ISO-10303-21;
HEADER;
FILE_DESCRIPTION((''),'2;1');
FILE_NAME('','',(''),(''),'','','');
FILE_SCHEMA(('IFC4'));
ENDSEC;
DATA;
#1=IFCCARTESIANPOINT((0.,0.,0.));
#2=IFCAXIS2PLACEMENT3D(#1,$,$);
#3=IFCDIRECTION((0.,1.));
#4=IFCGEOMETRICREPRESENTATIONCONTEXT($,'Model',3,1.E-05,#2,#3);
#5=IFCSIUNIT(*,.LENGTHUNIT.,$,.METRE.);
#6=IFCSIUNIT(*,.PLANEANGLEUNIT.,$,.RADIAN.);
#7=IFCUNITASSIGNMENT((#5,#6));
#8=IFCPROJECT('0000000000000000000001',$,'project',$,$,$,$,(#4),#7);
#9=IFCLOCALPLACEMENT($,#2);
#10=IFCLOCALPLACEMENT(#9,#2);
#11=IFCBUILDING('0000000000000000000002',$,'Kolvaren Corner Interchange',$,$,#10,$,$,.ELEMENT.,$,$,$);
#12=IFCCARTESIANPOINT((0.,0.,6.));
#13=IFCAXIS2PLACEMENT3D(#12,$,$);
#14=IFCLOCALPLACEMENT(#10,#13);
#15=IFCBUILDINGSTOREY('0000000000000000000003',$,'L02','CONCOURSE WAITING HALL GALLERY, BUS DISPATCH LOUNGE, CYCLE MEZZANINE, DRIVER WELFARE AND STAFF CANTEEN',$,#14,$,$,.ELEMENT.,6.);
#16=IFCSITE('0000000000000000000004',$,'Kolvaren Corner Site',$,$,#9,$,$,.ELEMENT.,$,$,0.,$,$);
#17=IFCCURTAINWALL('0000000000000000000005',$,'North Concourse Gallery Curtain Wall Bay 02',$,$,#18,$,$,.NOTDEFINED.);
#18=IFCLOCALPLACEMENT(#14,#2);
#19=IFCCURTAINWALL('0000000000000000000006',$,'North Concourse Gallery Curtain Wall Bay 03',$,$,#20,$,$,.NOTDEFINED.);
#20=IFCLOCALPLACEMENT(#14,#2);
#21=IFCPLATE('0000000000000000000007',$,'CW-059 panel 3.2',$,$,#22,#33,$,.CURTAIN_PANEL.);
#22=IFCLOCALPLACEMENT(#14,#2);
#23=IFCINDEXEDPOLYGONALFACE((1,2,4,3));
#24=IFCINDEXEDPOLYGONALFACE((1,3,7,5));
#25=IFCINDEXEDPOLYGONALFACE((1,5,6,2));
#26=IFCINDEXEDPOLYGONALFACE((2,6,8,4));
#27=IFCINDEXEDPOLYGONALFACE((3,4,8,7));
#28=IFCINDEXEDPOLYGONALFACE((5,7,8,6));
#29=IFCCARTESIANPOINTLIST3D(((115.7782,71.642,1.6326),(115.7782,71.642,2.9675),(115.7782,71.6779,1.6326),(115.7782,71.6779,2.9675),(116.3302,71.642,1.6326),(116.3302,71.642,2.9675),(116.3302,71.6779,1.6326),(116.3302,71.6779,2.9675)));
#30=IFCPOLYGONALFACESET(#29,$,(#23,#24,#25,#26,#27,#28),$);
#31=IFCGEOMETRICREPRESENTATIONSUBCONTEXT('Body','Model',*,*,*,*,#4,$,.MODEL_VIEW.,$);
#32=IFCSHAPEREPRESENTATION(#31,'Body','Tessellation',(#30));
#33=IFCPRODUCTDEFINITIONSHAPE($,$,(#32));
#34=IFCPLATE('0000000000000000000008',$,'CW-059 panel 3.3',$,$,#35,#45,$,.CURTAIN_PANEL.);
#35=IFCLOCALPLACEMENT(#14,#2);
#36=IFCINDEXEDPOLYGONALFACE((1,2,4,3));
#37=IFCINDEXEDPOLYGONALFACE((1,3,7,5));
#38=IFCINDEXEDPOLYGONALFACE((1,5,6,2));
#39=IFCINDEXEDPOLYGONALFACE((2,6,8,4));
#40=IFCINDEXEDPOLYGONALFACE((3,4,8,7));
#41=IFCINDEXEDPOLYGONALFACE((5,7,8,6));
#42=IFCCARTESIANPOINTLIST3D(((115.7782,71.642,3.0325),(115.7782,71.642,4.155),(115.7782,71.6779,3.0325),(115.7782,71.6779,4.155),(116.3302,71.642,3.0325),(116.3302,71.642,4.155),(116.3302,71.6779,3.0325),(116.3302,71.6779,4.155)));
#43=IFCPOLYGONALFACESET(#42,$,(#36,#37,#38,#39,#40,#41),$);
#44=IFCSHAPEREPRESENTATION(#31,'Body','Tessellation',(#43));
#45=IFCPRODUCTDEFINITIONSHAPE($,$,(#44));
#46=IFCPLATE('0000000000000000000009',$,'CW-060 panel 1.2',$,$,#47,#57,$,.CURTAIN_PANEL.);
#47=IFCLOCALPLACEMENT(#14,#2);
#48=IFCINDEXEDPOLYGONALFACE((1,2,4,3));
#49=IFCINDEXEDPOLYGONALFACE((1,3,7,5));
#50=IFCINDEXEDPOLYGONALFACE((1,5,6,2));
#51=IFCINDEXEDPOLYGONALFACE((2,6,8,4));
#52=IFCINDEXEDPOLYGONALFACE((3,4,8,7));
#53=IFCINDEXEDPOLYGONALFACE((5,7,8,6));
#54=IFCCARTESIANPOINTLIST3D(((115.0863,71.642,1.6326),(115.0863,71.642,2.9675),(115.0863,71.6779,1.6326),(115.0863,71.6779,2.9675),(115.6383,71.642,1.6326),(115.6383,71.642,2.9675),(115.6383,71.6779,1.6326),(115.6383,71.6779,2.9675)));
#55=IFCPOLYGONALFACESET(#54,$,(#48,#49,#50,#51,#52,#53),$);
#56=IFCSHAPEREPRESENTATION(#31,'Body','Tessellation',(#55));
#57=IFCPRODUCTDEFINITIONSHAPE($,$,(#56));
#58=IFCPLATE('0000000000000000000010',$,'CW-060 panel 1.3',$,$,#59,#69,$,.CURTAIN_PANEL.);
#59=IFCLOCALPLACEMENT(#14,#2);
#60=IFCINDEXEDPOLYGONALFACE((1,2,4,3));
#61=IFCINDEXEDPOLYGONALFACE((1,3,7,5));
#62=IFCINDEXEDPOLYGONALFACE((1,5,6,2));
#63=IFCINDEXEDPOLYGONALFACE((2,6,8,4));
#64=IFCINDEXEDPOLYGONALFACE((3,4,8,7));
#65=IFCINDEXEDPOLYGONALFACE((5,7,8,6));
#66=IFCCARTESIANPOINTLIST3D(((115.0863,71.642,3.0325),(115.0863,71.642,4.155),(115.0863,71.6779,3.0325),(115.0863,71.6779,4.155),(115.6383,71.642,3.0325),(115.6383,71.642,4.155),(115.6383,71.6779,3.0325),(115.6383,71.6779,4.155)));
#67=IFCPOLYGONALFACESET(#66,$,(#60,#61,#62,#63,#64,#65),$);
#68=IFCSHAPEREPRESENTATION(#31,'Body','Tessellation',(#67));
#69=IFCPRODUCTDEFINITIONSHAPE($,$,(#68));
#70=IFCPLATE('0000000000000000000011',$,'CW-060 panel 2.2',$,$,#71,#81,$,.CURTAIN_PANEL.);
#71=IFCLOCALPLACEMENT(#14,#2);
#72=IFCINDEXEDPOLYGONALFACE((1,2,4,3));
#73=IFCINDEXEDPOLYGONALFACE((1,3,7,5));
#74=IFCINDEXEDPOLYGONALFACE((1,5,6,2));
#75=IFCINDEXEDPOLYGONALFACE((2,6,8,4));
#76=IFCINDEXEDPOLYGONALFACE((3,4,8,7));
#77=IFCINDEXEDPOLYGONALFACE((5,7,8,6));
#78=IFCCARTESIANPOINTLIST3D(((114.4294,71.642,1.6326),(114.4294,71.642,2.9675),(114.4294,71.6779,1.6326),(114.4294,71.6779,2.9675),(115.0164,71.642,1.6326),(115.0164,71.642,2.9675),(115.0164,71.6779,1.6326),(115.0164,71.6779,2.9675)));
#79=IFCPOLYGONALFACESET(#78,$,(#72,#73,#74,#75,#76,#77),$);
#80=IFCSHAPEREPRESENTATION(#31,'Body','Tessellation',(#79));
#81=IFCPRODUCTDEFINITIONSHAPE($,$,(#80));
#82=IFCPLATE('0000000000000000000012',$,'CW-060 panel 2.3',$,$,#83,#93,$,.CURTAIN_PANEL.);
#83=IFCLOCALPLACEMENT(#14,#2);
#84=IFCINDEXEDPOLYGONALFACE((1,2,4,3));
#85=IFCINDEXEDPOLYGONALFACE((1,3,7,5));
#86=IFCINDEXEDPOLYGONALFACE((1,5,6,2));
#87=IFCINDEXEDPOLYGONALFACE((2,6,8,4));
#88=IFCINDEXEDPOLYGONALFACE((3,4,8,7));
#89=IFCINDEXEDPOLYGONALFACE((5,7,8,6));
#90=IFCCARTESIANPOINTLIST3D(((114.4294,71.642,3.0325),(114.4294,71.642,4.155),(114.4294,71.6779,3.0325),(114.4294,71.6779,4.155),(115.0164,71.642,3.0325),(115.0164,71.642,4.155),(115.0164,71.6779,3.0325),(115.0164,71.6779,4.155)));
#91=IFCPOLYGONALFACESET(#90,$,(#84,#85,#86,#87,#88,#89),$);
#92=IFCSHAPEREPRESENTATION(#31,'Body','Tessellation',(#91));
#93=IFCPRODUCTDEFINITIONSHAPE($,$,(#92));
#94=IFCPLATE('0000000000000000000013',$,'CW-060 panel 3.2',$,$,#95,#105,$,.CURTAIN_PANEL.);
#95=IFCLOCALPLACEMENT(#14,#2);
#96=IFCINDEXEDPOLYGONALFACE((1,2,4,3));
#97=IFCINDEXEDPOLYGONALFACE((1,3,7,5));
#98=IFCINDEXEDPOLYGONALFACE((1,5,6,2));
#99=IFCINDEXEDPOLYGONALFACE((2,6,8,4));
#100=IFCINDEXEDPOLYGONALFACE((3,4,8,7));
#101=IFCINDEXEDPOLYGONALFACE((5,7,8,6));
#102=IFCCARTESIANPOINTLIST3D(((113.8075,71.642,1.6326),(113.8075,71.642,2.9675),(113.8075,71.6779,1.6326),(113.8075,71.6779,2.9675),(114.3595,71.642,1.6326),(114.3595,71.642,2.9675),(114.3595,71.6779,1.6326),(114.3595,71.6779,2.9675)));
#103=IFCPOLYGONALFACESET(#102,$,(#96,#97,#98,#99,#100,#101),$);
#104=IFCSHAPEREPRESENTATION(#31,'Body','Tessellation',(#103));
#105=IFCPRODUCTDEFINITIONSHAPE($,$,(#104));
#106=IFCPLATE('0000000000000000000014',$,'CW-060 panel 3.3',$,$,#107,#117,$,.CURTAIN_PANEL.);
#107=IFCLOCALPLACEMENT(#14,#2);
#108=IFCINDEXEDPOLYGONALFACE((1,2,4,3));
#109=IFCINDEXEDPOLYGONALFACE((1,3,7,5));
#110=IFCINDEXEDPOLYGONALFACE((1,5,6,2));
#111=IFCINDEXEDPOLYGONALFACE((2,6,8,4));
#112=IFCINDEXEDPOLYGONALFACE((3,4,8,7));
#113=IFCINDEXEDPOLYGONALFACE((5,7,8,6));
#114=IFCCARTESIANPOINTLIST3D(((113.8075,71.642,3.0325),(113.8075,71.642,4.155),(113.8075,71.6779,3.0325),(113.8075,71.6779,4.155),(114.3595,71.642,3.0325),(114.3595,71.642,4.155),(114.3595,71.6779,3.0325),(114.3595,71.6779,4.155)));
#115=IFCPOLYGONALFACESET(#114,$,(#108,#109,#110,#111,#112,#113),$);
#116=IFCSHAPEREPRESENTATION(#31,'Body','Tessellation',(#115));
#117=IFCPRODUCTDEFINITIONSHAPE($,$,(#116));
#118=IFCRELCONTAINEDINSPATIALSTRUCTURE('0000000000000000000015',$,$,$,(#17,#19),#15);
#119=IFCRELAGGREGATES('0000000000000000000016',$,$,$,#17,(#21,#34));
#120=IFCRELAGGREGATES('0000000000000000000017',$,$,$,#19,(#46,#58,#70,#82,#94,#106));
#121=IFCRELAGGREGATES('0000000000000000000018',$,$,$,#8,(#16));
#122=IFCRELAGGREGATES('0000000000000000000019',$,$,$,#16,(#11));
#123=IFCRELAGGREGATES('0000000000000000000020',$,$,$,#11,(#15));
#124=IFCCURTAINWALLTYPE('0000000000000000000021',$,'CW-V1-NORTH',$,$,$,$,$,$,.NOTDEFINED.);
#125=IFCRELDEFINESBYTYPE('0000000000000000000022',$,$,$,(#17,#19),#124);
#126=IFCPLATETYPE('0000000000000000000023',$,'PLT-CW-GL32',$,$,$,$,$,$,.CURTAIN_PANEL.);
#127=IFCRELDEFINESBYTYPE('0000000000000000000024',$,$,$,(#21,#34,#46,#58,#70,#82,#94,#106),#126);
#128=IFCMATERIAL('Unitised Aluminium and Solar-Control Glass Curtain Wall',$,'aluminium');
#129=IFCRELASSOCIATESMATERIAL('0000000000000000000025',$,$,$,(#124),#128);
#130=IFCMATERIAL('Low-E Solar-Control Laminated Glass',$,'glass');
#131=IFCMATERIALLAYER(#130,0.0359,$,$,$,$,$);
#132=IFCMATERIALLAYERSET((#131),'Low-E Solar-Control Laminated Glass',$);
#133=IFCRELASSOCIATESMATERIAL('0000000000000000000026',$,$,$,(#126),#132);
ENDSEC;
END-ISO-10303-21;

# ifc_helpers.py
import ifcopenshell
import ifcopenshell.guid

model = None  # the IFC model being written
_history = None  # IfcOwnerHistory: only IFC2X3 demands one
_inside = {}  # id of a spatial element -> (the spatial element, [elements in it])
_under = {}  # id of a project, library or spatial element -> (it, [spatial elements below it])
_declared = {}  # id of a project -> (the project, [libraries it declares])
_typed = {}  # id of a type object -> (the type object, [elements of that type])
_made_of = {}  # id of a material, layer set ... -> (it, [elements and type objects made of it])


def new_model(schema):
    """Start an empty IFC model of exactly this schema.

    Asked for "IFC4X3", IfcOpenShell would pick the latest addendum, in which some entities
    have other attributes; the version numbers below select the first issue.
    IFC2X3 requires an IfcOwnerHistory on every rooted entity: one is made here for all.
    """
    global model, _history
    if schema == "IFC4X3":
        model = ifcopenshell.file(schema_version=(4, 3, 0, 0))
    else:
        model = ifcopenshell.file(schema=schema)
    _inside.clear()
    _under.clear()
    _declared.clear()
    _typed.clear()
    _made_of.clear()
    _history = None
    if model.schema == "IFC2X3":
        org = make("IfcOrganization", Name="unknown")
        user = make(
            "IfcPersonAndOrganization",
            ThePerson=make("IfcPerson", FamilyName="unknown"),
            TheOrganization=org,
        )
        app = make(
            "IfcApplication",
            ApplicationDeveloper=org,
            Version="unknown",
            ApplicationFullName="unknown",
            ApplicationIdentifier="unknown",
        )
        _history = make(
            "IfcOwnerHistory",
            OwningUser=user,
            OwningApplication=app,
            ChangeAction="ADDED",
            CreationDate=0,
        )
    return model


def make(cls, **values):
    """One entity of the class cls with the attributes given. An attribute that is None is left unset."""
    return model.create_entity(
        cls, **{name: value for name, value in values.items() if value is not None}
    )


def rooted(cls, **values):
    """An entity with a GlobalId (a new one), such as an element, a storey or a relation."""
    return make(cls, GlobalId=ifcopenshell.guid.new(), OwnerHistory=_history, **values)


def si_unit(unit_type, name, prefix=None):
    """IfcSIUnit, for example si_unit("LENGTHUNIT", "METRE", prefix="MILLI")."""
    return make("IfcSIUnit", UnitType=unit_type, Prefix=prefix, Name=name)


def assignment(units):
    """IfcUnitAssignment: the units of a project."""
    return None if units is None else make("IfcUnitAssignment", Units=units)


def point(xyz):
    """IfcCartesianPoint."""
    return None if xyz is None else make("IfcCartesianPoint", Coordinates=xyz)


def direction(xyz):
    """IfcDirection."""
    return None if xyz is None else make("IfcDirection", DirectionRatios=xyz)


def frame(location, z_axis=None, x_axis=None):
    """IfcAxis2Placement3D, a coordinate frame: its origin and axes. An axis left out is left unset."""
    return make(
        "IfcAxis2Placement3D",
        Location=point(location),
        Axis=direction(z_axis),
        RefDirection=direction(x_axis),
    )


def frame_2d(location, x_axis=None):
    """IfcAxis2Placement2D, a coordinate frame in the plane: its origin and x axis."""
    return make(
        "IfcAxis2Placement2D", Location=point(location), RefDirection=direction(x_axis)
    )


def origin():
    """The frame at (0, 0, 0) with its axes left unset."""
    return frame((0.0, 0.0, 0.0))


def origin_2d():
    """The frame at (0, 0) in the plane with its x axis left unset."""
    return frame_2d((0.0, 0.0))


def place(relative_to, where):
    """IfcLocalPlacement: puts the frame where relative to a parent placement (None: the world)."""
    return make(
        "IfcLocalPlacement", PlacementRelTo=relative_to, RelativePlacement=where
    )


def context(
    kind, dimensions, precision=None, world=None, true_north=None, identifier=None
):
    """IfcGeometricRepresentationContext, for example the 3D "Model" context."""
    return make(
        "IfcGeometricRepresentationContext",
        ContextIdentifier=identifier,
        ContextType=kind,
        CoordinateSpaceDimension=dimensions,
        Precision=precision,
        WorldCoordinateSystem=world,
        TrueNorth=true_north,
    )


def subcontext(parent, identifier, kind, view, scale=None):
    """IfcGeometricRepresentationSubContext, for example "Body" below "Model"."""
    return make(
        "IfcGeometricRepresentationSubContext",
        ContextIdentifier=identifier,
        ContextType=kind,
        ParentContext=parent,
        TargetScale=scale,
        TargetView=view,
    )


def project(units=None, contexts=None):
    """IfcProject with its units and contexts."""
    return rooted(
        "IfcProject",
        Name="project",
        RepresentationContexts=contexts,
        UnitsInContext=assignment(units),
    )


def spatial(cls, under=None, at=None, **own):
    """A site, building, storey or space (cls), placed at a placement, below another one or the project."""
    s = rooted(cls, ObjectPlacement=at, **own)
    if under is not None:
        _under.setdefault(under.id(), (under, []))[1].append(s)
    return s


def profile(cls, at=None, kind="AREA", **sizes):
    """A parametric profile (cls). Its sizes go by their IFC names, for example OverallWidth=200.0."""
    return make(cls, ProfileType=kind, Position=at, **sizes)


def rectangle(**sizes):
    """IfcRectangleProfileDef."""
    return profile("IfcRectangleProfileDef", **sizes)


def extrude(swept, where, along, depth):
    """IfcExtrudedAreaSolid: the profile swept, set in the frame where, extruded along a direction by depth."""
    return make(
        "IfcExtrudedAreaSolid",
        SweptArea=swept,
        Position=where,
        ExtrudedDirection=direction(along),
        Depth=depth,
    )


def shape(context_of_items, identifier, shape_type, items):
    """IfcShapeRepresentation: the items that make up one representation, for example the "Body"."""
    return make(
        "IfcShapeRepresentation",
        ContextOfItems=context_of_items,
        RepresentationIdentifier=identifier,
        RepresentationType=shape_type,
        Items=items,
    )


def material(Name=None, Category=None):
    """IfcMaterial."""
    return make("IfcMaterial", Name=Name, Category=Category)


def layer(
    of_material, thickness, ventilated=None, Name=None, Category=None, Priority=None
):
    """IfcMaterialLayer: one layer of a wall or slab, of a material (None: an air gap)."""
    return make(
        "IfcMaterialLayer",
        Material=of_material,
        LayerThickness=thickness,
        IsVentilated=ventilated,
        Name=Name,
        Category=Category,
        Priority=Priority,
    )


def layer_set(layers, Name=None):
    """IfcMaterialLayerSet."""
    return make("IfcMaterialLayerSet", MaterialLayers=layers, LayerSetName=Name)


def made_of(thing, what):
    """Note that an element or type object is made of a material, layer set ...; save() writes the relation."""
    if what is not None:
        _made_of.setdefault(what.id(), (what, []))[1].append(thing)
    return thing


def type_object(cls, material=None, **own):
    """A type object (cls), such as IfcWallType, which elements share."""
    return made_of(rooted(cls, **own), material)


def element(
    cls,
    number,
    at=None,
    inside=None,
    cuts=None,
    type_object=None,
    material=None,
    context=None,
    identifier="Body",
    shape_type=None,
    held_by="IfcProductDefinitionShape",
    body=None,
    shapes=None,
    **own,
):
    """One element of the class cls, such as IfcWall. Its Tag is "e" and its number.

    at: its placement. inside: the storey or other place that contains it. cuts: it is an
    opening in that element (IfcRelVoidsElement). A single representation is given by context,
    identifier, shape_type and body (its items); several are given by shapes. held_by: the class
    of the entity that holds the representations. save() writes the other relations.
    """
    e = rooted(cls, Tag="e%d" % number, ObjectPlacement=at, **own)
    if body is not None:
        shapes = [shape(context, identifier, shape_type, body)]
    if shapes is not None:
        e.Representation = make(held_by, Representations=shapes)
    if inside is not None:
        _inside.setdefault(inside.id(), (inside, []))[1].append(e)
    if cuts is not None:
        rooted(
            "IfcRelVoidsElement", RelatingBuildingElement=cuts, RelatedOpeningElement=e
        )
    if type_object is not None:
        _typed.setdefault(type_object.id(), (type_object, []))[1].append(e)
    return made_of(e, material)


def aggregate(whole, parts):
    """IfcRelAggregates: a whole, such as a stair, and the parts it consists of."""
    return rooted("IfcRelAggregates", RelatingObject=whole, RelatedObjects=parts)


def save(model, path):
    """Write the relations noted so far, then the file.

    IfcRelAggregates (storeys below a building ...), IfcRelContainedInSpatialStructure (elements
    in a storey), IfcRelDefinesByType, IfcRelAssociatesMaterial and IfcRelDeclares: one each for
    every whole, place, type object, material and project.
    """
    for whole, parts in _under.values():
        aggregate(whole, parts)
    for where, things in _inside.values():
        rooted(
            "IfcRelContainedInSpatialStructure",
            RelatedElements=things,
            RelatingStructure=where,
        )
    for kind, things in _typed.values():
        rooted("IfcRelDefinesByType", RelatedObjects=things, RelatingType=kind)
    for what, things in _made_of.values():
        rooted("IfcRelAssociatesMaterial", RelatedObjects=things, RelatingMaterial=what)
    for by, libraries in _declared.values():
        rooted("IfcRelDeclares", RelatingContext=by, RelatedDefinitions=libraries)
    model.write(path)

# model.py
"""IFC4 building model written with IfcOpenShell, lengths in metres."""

from ifc_helpers import new_model, si_unit, direction, frame, origin, origin_2d, place, context, subcontext, project, spatial, rectangle, extrude, material, layer, layer_set, type_object, element, aggregate, save


model = new_model("IFC4")

# Units and contexts
model_context = context("Model", 3, precision=1e-05, world=origin(), true_north=direction((0.0, 1.0)))
body_context = subcontext(model_context, "Body", "Model", "MODEL_VIEW")
ifc_project = project(units=[si_unit("LENGTHUNIT", "METRE"), si_unit("PLANEANGLEUNIT", "RADIAN")], contexts=[model_context])

# Site, building, storey
site_placement = place(None, origin())
site = spatial("IfcSite", under=ifc_project, at=site_placement, Name="Kolvaren Corner Site", CompositionType="ELEMENT", RefElevation=0.0)
building_placement = place(site_placement, origin())
building = spatial("IfcBuilding", under=site, at=building_placement, Name="Kolvaren Corner Interchange", CompositionType="ELEMENT")
storey_placement = place(building_placement, frame((0.0, 0.0, 6.0)))
storey = spatial("IfcBuildingStorey", under=building, at=storey_placement, Name="L02", Description="CONCOURSE WAITING HALL GALLERY, BUS DISPATCH LOUNGE, CYCLE MEZZANINE, DRIVER WELFARE AND STAFF CANTEEN", CompositionType="ELEMENT", Elevation=6.0)

# Curtain walls
ifc_material_1 = material(Name="Unitised Aluminium and Solar-Control Glass Curtain Wall", Category="aluminium")
curtain_wall_type = type_object("IfcCurtainWallType", Name="CW-V1-NORTH", PredefinedType="NOTDEFINED", material=ifc_material_1)
curtain_wall_1_placement = place(storey_placement, origin())
curtain_wall_1 = element("IfcCurtainWall", 1, at=curtain_wall_1_placement, inside=storey, type_object=curtain_wall_type, Name="North Concourse Gallery Curtain Wall Bay 02", PredefinedType="NOTDEFINED")
curtain_wall_2_placement = place(storey_placement, origin())
curtain_wall_2 = element("IfcCurtainWall", 2, at=curtain_wall_2_placement, inside=storey, type_object=curtain_wall_type, Name="North Concourse Gallery Curtain Wall Bay 03", PredefinedType="NOTDEFINED")

# Plates
ifc_material_2 = material(Name="Low-E Solar-Control Laminated Glass", Category="glass")
ifc_layer = layer(ifc_material_2, 0.0359)
ifc_layer_set = layer_set([ifc_layer], Name="Low-E Solar-Control Laminated Glass")
plate_type = type_object("IfcPlateType", Name="PLT-CW-GL32", PredefinedType="CURTAIN_PANEL", material=ifc_layer_set)
plate_1_placement = place(storey_placement, frame((116.0542, 71.6599, 1.6326), z_axis=(0.0, 0.0, 1.0), x_axis=(-1.0, 0.0, 0.0)))
plate_1 = element("IfcPlate", 3, at=plate_1_placement, type_object=plate_type, Name="CW-059 panel 3.2", PredefinedType="CURTAIN_PANEL", context=body_context, shape_type="SweptSolid", body=[
    extrude(rectangle(XDim=0.552, YDim=0.0359, at=origin_2d()), origin(), (0.0, 0.0, 1.0), 1.335),
])
plate_2_placement = place(storey_placement, frame((116.0542, 71.6599, 3.0325), z_axis=(0.0, 0.0, 1.0), x_axis=(-1.0, 0.0, 0.0)))
plate_2 = element("IfcPlate", 4, at=plate_2_placement, type_object=plate_type, Name="CW-059 panel 3.3", PredefinedType="CURTAIN_PANEL", context=body_context, shape_type="SweptSolid", body=[
    extrude(rectangle(XDim=0.552, YDim=0.0359, at=origin_2d()), origin(), (0.0, 0.0, 1.0), 1.1226),
])
aggregate(curtain_wall_1, [plate_1, plate_2])
plate_3_placement = place(storey_placement, frame((115.3623, 71.6599, 1.6326), z_axis=(0.0, 0.0, 1.0), x_axis=(-1.0, 0.0, 0.0)))
plate_3 = element("IfcPlate", 5, at=plate_3_placement, type_object=plate_type, Name="CW-060 panel 1.2", PredefinedType="CURTAIN_PANEL", context=body_context, shape_type="SweptSolid", body=[
    extrude(rectangle(XDim=0.552, YDim=0.0359, at=origin_2d()), origin(), (0.0, 0.0, 1.0), 1.335),
])
plate_4_placement = place(storey_placement, frame((115.3623, 71.6599, 3.0325), z_axis=(0.0, 0.0, 1.0), x_axis=(-1.0, 0.0, 0.0)))
plate_4 = element("IfcPlate", 6, at=plate_4_placement, type_object=plate_type, Name="CW-060 panel 1.3", PredefinedType="CURTAIN_PANEL", context=body_context, shape_type="SweptSolid", body=[
    extrude(rectangle(XDim=0.552, YDim=0.0359, at=origin_2d()), origin(), (0.0, 0.0, 1.0), 1.1226),
])
plate_5_placement = place(storey_placement, frame((114.7229, 71.6599, 1.6326), z_axis=(0.0, 0.0, 1.0), x_axis=(-1.0, 0.0, 0.0)))
plate_5 = element("IfcPlate", 7, at=plate_5_placement, type_object=plate_type, Name="CW-060 panel 2.2", PredefinedType="CURTAIN_PANEL", context=body_context, shape_type="SweptSolid", body=[
    extrude(rectangle(XDim=0.5869, YDim=0.0359, at=origin_2d()), origin(), (0.0, 0.0, 1.0), 1.335),
])
plate_6_placement = place(storey_placement, frame((114.7229, 71.6599, 3.0325), z_axis=(0.0, 0.0, 1.0), x_axis=(-1.0, 0.0, 0.0)))
plate_6 = element("IfcPlate", 8, at=plate_6_placement, type_object=plate_type, Name="CW-060 panel 2.3", PredefinedType="CURTAIN_PANEL", context=body_context, shape_type="SweptSolid", body=[
    extrude(rectangle(XDim=0.5869, YDim=0.0359, at=origin_2d()), origin(), (0.0, 0.0, 1.0), 1.1226),
])
plate_7_placement = place(storey_placement, frame((114.0835, 71.6599, 1.6326), z_axis=(0.0, 0.0, 1.0), x_axis=(-1.0, 0.0, 0.0)))
plate_7 = element("IfcPlate", 9, at=plate_7_placement, type_object=plate_type, Name="CW-060 panel 3.2", PredefinedType="CURTAIN_PANEL", context=body_context, shape_type="SweptSolid", body=[
    extrude(rectangle(XDim=0.552, YDim=0.0359, at=origin_2d()), origin(), (0.0, 0.0, 1.0), 1.335),
])
plate_8_placement = place(storey_placement, frame((114.0835, 71.6599, 3.0325), z_axis=(0.0, 0.0, 1.0), x_axis=(-1.0, 0.0, 0.0)))
plate_8 = element("IfcPlate", 10, at=plate_8_placement, type_object=plate_type, Name="CW-060 panel 3.3", PredefinedType="CURTAIN_PANEL", context=body_context, shape_type="SweptSolid", body=[
    extrude(rectangle(XDim=0.552, YDim=0.0359, at=origin_2d()), origin(), (0.0, 0.0, 1.0), 1.1226),
])
aggregate(curtain_wall_2, [plate_3, plate_4, plate_5, plate_6, plate_7, plate_8])

save(model, "model.ifc")
